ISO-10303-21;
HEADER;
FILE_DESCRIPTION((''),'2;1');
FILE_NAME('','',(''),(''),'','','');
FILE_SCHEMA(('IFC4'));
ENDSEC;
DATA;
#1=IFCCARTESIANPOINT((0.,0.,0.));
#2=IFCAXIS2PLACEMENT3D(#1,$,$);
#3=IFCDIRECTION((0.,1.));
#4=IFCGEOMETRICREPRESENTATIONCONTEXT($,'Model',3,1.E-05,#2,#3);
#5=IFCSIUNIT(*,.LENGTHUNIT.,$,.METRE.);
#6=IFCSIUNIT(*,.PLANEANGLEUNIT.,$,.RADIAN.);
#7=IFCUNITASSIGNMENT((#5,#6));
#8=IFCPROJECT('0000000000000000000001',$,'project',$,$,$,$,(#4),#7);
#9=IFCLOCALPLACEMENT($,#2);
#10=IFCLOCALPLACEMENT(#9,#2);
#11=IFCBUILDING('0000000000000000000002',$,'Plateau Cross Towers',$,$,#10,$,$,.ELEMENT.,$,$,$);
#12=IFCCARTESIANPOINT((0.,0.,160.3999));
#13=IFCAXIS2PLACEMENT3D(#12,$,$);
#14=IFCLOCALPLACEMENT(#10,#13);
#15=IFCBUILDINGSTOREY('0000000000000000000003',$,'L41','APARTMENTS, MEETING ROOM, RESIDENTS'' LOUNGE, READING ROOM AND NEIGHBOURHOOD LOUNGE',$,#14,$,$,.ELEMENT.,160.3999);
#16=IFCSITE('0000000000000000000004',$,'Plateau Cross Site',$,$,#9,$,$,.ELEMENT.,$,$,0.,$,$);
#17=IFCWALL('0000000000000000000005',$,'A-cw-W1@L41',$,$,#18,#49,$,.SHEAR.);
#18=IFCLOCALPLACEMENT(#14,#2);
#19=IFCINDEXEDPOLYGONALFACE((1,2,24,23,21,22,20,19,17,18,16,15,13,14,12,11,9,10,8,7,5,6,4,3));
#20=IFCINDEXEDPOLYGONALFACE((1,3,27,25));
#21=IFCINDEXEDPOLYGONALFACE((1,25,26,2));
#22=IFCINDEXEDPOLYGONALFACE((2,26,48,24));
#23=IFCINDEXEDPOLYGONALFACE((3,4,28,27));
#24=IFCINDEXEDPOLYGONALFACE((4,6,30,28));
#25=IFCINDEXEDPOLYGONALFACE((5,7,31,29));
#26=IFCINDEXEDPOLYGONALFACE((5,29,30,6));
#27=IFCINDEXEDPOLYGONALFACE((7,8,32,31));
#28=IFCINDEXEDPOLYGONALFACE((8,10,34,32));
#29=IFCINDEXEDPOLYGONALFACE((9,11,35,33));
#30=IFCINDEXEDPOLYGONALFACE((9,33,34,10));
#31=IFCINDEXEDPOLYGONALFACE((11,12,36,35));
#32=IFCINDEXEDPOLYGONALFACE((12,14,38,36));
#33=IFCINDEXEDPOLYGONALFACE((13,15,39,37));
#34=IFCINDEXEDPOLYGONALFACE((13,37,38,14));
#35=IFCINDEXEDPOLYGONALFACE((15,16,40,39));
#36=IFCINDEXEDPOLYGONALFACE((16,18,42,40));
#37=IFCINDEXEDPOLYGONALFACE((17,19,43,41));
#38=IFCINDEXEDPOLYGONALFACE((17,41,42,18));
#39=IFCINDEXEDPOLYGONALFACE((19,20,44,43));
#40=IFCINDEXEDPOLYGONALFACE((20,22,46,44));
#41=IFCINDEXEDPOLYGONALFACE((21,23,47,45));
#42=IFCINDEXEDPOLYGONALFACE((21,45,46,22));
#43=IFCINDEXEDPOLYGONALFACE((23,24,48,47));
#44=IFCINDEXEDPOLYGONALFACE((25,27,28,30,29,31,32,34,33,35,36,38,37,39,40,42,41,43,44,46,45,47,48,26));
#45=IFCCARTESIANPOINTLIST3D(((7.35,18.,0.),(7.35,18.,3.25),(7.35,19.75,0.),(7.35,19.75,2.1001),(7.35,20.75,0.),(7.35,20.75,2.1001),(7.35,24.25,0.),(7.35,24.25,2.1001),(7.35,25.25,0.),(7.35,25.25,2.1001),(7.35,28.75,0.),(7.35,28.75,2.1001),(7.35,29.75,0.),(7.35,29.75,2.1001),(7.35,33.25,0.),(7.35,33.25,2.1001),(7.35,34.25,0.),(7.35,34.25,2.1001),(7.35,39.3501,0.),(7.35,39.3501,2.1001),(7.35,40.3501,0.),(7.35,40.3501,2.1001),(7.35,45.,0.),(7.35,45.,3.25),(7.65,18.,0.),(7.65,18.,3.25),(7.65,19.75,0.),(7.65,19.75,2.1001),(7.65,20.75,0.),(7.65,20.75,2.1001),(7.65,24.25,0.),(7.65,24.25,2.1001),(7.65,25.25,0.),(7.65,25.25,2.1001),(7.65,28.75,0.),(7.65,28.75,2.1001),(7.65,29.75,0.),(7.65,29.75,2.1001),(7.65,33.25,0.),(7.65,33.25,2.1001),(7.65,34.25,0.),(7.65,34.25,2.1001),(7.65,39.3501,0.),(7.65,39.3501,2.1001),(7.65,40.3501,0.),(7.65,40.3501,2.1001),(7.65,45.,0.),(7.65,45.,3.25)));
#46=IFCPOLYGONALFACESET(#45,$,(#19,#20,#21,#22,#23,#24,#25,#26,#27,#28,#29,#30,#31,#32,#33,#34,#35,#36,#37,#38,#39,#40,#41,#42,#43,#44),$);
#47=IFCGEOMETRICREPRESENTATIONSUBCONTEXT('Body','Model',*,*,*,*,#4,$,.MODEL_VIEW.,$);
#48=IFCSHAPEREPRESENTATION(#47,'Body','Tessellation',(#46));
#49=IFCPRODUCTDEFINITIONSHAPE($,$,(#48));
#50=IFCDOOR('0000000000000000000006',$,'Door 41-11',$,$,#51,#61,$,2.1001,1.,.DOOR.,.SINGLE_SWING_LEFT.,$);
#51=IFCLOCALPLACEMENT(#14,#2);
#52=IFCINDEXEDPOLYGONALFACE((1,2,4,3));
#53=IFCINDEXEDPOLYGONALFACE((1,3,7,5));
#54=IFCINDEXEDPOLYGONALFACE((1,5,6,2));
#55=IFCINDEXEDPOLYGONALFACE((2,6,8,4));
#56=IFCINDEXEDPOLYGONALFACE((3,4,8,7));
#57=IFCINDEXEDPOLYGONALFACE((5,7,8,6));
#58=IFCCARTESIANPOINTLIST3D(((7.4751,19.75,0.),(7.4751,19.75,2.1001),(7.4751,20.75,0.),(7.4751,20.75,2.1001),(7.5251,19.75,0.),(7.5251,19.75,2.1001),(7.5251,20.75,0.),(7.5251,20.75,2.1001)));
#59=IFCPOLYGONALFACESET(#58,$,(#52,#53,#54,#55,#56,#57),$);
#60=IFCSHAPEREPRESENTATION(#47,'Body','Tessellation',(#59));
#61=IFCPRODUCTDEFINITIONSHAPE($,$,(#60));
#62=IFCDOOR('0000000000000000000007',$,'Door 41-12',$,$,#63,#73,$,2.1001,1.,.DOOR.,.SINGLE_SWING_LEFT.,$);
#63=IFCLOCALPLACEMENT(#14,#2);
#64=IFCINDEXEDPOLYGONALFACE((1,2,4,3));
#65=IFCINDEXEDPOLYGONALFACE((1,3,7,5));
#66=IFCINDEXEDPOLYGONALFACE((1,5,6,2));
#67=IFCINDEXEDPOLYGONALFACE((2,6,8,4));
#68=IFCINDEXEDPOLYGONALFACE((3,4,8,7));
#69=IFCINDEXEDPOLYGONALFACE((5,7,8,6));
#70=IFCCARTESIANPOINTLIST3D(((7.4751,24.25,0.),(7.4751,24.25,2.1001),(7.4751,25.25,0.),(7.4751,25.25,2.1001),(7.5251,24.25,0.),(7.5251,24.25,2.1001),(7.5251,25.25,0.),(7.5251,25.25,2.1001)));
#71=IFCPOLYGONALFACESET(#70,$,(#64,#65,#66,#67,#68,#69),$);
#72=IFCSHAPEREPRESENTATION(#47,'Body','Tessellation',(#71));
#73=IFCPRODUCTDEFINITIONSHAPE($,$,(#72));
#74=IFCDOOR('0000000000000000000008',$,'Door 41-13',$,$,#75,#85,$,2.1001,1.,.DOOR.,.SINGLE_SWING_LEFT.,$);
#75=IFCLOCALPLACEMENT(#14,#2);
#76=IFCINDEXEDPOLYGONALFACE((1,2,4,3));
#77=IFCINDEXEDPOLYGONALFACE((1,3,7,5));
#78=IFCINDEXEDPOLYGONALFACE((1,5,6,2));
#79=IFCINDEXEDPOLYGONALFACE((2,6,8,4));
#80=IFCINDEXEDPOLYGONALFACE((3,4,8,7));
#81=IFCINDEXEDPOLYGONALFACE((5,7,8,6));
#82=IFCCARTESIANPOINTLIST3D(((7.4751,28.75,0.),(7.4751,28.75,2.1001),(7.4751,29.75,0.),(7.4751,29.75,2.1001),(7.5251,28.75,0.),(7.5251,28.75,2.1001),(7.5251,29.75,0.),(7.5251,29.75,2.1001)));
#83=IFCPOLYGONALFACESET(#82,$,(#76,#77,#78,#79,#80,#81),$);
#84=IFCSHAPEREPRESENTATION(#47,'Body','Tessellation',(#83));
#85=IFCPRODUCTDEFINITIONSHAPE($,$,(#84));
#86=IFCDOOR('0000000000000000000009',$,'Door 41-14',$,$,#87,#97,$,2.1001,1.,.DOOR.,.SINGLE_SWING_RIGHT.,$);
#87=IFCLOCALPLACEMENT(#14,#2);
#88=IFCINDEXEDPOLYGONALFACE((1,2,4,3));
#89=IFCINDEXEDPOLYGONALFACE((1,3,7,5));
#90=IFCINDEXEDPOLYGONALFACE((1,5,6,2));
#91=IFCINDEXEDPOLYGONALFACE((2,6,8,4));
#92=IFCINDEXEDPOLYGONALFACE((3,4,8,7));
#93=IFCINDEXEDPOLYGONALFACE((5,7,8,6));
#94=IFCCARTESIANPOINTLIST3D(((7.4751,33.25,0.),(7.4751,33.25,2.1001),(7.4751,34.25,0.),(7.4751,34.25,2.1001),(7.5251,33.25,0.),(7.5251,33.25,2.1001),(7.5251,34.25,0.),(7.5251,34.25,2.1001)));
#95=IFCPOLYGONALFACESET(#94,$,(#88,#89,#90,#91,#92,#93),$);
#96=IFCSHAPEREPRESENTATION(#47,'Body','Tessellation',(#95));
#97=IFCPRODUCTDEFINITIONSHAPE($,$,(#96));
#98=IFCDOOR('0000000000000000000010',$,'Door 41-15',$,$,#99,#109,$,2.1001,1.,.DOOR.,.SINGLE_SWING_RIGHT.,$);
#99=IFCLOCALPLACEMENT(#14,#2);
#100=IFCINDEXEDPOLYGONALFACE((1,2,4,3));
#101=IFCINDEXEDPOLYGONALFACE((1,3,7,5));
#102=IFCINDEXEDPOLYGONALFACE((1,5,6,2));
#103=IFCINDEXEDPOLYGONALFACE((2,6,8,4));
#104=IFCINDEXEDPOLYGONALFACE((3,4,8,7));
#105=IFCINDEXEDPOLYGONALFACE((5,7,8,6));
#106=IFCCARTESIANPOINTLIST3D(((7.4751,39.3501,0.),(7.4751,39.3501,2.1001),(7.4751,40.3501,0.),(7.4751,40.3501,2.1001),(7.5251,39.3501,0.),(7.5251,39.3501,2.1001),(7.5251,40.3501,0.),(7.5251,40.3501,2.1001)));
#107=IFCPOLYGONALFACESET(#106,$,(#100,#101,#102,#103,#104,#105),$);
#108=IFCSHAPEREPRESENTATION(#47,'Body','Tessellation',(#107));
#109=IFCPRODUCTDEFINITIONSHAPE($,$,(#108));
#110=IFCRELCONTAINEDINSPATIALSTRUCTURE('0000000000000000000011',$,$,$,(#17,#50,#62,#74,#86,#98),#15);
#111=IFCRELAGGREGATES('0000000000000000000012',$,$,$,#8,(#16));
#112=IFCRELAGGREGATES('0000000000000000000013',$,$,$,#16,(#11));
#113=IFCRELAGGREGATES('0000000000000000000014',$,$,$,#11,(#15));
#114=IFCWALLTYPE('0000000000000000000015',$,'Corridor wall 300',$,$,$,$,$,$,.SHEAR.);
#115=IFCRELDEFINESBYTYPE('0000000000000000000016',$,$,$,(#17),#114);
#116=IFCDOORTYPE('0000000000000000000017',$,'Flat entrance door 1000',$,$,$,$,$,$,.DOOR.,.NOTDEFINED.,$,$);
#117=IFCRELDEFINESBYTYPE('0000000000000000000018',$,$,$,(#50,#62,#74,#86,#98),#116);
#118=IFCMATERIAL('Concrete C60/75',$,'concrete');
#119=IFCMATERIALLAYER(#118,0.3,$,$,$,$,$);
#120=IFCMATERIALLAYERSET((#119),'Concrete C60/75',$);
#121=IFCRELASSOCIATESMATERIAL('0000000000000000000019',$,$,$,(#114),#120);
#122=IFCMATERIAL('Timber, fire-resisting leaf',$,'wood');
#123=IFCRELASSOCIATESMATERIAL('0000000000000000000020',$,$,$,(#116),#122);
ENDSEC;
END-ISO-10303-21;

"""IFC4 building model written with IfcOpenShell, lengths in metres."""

from ifc_helpers import new_model, si_unit, direction, frame, frame_2d, origin, place, context, subcontext, project, spatial, rectangle, extrude, material, layer, layer_set, type_object, element, fill, save


model = new_model("IFC4")

# Units and contexts
model_context = context("Model", 3, precision=1e-05, world=origin(), true_north=direction((0.0, 1.0)))
body_context = subcontext(model_context, "Body", "Model", "MODEL_VIEW")
ifc_project = project(units=[si_unit("LENGTHUNIT", "METRE"), si_unit("PLANEANGLEUNIT", "RADIAN")], contexts=[model_context])

# Site, building, storey
site_placement = place(None, origin())
site = spatial("IfcSite", under=ifc_project, at=site_placement, Name="Plateau Cross Site", CompositionType="ELEMENT", RefElevation=0.0)
building_placement = place(site_placement, origin())
building = spatial("IfcBuilding", under=site, at=building_placement, Name="Plateau Cross Towers", CompositionType="ELEMENT")
storey_placement = place(building_placement, frame((0.0, 0.0, 160.3999)))
storey = spatial("IfcBuildingStorey", under=building, at=storey_placement, Name="L41", Description="APARTMENTS, MEETING ROOM, RESIDENTS' LOUNGE, READING ROOM AND NEIGHBOURHOOD LOUNGE", CompositionType="ELEMENT", Elevation=160.3999)

# Wall, openings, doors
ifc_material_1 = material(Name="Concrete C60/75", Category="concrete")
ifc_layer_1 = layer(ifc_material_1, 0.3)
ifc_layer_set_1 = layer_set([ifc_layer_1], Name="Concrete C60/75")
wall_type_1 = type_object("IfcWallType", Name="Corridor wall 300", PredefinedType="SHEAR", material=ifc_layer_set_1)
wall_1_placement = place(storey_placement, frame((7.5, 18.0, 0.0), z_axis=(0.0, 0.0, 1.0), x_axis=(0.0, 1.0, 0.0)))
wall_1 = element("IfcWall", 1, at=wall_1_placement, inside=storey, type_object=wall_type_1, Name="A-cw-W1@L41", PredefinedType="SHEAR", context=body_context, shape_type="SweptSolid", body=[
    extrude(rectangle(XDim=27.0, YDim=0.3, at=frame_2d((13.5, 0.0))), origin(), (0.0, 0.0, 1.0), 3.25),
])
opening_1_placement = place(wall_1_placement, frame((1.75, 0.0, 0.0)))
opening_1 = element("IfcOpeningElement", 2, at=opening_1_placement, cuts=wall_1, PredefinedType="OPENING", context=body_context, shape_type="SweptSolid", body=[
    extrude(rectangle(XDim=1.0, YDim=2.1001, at=frame_2d((0.5, 1.05))), frame((0.0, 0.1599, 0.0), z_axis=(0.0, -1.0, 0.0), x_axis=(1.0, 0.0, 0.0)), (0.0, 0.0, 1.0), 0.3201),
])
opening_2_placement = place(wall_1_placement, frame((6.25, 0.0, 0.0)))
opening_2 = element("IfcOpeningElement", 3, at=opening_2_placement, cuts=wall_1, PredefinedType="OPENING", context=body_context, shape_type="SweptSolid", body=[
    extrude(rectangle(XDim=1.0, YDim=2.1001, at=frame_2d((0.5, 1.05))), frame((0.0, 0.1599, 0.0), z_axis=(0.0, -1.0, 0.0), x_axis=(1.0, 0.0, 0.0)), (0.0, 0.0, 1.0), 0.3201),
])
opening_3_placement = place(wall_1_placement, frame((10.75, 0.0, 0.0)))
opening_3 = element("IfcOpeningElement", 4, at=opening_3_placement, cuts=wall_1, PredefinedType="OPENING", context=body_context, shape_type="SweptSolid", body=[
    extrude(rectangle(XDim=1.0, YDim=2.1001, at=frame_2d((0.5, 1.05))), frame((0.0, 0.1599, 0.0), z_axis=(0.0, -1.0, 0.0), x_axis=(1.0, 0.0, 0.0)), (0.0, 0.0, 1.0), 0.3201),
])
opening_4_placement = place(wall_1_placement, frame((15.25, 0.0, 0.0)))
opening_4 = element("IfcOpeningElement", 5, at=opening_4_placement, cuts=wall_1, PredefinedType="OPENING", context=body_context, shape_type="SweptSolid", body=[
    extrude(rectangle(XDim=1.0, YDim=2.1001, at=frame_2d((0.5, 1.05))), frame((0.0, 0.1599, 0.0), z_axis=(0.0, -1.0, 0.0), x_axis=(1.0, 0.0, 0.0)), (0.0, 0.0, 1.0), 0.3201),
])
opening_5_placement = place(wall_1_placement, frame((21.3501, 0.0, 0.0)))
opening_5 = element("IfcOpeningElement", 6, at=opening_5_placement, cuts=wall_1, PredefinedType="OPENING", context=body_context, shape_type="SweptSolid", body=[
    extrude(rectangle(XDim=1.0, YDim=2.1001, at=frame_2d((0.5, 1.05))), frame((0.0, 0.1599, 0.0), z_axis=(0.0, -1.0, 0.0), x_axis=(1.0, 0.0, 0.0)), (0.0, 0.0, 1.0), 0.3201),
])
ifc_material_2 = material(Name="Timber, fire-resisting leaf", Category="wood")
door_type_1 = type_object("IfcDoorType", Name="Flat entrance door 1000", OperationType="NOTDEFINED", PredefinedType="DOOR", material=ifc_material_2)
door_1_placement = place(opening_1_placement, origin())
door_1 = element("IfcDoor", 7, at=door_1_placement, inside=storey, type_object=door_type_1, Name="Door 41-11", OperationType="SINGLE_SWING_LEFT", OverallHeight=2.1001, OverallWidth=1.0, PredefinedType="DOOR", context=body_context, shape_type="SweptSolid", body=[
    extrude(rectangle(XDim=1.0, YDim=2.1001, at=frame_2d((0.5, 1.05))), frame((0.0, 0.0249, 0.0), z_axis=(0.0, -1.0, 0.0), x_axis=(1.0, 0.0, 0.0)), (0.0, 0.0, 1.0), 0.05),
])
fill(opening_1, door_1)
door_2_placement = place(opening_2_placement, origin())
door_2 = element("IfcDoor", 8, at=door_2_placement, inside=storey, type_object=door_type_1, Name="Door 41-12", OperationType="SINGLE_SWING_LEFT", OverallHeight=2.1001, OverallWidth=1.0, PredefinedType="DOOR", context=body_context, shape_type="SweptSolid", body=[
    extrude(rectangle(XDim=1.0, YDim=2.1001, at=frame_2d((0.5, 1.05))), frame((0.0, 0.0249, 0.0), z_axis=(0.0, -1.0, 0.0), x_axis=(1.0, 0.0, 0.0)), (0.0, 0.0, 1.0), 0.05),
])
fill(opening_2, door_2)
door_3_placement = place(opening_3_placement, origin())
door_3 = element("IfcDoor", 9, at=door_3_placement, inside=storey, type_object=door_type_1, Name="Door 41-13", OperationType="SINGLE_SWING_LEFT", OverallHeight=2.1001, OverallWidth=1.0, PredefinedType="DOOR", context=body_context, shape_type="SweptSolid", body=[
    extrude(rectangle(XDim=1.0, YDim=2.1001, at=frame_2d((0.5, 1.05))), frame((0.0, 0.0249, 0.0), z_axis=(0.0, -1.0, 0.0), x_axis=(1.0, 0.0, 0.0)), (0.0, 0.0, 1.0), 0.05),
])
fill(opening_3, door_3)
door_4_placement = place(opening_4_placement, origin())
door_4 = element("IfcDoor", 10, at=door_4_placement, inside=storey, type_object=door_type_1, Name="Door 41-14", OperationType="SINGLE_SWING_RIGHT", OverallHeight=2.1001, OverallWidth=1.0, PredefinedType="DOOR", context=body_context, shape_type="SweptSolid", body=[
    extrude(rectangle(XDim=1.0, YDim=2.1001, at=frame_2d((0.5, 1.05))), frame((0.0, 0.0249, 0.0), z_axis=(0.0, -1.0, 0.0), x_axis=(1.0, 0.0, 0.0)), (0.0, 0.0, 1.0), 0.05),
])
fill(opening_4, door_4)
door_5_placement = place(opening_5_placement, origin())
door_5 = element("IfcDoor", 11, at=door_5_placement, inside=storey, type_object=door_type_1, Name="Door 41-15", OperationType="SINGLE_SWING_RIGHT", OverallHeight=2.1001, OverallWidth=1.0, PredefinedType="DOOR", context=body_context, shape_type="SweptSolid", body=[
    extrude(rectangle(XDim=1.0, YDim=2.1001, at=frame_2d((0.5, 1.05))), frame((0.0, 0.0249, 0.0), z_axis=(0.0, -1.0, 0.0), x_axis=(1.0, 0.0, 0.0)), (0.0, 0.0, 1.0), 0.05),
])
fill(opening_5, door_5)

save(model, "model.ifc")
